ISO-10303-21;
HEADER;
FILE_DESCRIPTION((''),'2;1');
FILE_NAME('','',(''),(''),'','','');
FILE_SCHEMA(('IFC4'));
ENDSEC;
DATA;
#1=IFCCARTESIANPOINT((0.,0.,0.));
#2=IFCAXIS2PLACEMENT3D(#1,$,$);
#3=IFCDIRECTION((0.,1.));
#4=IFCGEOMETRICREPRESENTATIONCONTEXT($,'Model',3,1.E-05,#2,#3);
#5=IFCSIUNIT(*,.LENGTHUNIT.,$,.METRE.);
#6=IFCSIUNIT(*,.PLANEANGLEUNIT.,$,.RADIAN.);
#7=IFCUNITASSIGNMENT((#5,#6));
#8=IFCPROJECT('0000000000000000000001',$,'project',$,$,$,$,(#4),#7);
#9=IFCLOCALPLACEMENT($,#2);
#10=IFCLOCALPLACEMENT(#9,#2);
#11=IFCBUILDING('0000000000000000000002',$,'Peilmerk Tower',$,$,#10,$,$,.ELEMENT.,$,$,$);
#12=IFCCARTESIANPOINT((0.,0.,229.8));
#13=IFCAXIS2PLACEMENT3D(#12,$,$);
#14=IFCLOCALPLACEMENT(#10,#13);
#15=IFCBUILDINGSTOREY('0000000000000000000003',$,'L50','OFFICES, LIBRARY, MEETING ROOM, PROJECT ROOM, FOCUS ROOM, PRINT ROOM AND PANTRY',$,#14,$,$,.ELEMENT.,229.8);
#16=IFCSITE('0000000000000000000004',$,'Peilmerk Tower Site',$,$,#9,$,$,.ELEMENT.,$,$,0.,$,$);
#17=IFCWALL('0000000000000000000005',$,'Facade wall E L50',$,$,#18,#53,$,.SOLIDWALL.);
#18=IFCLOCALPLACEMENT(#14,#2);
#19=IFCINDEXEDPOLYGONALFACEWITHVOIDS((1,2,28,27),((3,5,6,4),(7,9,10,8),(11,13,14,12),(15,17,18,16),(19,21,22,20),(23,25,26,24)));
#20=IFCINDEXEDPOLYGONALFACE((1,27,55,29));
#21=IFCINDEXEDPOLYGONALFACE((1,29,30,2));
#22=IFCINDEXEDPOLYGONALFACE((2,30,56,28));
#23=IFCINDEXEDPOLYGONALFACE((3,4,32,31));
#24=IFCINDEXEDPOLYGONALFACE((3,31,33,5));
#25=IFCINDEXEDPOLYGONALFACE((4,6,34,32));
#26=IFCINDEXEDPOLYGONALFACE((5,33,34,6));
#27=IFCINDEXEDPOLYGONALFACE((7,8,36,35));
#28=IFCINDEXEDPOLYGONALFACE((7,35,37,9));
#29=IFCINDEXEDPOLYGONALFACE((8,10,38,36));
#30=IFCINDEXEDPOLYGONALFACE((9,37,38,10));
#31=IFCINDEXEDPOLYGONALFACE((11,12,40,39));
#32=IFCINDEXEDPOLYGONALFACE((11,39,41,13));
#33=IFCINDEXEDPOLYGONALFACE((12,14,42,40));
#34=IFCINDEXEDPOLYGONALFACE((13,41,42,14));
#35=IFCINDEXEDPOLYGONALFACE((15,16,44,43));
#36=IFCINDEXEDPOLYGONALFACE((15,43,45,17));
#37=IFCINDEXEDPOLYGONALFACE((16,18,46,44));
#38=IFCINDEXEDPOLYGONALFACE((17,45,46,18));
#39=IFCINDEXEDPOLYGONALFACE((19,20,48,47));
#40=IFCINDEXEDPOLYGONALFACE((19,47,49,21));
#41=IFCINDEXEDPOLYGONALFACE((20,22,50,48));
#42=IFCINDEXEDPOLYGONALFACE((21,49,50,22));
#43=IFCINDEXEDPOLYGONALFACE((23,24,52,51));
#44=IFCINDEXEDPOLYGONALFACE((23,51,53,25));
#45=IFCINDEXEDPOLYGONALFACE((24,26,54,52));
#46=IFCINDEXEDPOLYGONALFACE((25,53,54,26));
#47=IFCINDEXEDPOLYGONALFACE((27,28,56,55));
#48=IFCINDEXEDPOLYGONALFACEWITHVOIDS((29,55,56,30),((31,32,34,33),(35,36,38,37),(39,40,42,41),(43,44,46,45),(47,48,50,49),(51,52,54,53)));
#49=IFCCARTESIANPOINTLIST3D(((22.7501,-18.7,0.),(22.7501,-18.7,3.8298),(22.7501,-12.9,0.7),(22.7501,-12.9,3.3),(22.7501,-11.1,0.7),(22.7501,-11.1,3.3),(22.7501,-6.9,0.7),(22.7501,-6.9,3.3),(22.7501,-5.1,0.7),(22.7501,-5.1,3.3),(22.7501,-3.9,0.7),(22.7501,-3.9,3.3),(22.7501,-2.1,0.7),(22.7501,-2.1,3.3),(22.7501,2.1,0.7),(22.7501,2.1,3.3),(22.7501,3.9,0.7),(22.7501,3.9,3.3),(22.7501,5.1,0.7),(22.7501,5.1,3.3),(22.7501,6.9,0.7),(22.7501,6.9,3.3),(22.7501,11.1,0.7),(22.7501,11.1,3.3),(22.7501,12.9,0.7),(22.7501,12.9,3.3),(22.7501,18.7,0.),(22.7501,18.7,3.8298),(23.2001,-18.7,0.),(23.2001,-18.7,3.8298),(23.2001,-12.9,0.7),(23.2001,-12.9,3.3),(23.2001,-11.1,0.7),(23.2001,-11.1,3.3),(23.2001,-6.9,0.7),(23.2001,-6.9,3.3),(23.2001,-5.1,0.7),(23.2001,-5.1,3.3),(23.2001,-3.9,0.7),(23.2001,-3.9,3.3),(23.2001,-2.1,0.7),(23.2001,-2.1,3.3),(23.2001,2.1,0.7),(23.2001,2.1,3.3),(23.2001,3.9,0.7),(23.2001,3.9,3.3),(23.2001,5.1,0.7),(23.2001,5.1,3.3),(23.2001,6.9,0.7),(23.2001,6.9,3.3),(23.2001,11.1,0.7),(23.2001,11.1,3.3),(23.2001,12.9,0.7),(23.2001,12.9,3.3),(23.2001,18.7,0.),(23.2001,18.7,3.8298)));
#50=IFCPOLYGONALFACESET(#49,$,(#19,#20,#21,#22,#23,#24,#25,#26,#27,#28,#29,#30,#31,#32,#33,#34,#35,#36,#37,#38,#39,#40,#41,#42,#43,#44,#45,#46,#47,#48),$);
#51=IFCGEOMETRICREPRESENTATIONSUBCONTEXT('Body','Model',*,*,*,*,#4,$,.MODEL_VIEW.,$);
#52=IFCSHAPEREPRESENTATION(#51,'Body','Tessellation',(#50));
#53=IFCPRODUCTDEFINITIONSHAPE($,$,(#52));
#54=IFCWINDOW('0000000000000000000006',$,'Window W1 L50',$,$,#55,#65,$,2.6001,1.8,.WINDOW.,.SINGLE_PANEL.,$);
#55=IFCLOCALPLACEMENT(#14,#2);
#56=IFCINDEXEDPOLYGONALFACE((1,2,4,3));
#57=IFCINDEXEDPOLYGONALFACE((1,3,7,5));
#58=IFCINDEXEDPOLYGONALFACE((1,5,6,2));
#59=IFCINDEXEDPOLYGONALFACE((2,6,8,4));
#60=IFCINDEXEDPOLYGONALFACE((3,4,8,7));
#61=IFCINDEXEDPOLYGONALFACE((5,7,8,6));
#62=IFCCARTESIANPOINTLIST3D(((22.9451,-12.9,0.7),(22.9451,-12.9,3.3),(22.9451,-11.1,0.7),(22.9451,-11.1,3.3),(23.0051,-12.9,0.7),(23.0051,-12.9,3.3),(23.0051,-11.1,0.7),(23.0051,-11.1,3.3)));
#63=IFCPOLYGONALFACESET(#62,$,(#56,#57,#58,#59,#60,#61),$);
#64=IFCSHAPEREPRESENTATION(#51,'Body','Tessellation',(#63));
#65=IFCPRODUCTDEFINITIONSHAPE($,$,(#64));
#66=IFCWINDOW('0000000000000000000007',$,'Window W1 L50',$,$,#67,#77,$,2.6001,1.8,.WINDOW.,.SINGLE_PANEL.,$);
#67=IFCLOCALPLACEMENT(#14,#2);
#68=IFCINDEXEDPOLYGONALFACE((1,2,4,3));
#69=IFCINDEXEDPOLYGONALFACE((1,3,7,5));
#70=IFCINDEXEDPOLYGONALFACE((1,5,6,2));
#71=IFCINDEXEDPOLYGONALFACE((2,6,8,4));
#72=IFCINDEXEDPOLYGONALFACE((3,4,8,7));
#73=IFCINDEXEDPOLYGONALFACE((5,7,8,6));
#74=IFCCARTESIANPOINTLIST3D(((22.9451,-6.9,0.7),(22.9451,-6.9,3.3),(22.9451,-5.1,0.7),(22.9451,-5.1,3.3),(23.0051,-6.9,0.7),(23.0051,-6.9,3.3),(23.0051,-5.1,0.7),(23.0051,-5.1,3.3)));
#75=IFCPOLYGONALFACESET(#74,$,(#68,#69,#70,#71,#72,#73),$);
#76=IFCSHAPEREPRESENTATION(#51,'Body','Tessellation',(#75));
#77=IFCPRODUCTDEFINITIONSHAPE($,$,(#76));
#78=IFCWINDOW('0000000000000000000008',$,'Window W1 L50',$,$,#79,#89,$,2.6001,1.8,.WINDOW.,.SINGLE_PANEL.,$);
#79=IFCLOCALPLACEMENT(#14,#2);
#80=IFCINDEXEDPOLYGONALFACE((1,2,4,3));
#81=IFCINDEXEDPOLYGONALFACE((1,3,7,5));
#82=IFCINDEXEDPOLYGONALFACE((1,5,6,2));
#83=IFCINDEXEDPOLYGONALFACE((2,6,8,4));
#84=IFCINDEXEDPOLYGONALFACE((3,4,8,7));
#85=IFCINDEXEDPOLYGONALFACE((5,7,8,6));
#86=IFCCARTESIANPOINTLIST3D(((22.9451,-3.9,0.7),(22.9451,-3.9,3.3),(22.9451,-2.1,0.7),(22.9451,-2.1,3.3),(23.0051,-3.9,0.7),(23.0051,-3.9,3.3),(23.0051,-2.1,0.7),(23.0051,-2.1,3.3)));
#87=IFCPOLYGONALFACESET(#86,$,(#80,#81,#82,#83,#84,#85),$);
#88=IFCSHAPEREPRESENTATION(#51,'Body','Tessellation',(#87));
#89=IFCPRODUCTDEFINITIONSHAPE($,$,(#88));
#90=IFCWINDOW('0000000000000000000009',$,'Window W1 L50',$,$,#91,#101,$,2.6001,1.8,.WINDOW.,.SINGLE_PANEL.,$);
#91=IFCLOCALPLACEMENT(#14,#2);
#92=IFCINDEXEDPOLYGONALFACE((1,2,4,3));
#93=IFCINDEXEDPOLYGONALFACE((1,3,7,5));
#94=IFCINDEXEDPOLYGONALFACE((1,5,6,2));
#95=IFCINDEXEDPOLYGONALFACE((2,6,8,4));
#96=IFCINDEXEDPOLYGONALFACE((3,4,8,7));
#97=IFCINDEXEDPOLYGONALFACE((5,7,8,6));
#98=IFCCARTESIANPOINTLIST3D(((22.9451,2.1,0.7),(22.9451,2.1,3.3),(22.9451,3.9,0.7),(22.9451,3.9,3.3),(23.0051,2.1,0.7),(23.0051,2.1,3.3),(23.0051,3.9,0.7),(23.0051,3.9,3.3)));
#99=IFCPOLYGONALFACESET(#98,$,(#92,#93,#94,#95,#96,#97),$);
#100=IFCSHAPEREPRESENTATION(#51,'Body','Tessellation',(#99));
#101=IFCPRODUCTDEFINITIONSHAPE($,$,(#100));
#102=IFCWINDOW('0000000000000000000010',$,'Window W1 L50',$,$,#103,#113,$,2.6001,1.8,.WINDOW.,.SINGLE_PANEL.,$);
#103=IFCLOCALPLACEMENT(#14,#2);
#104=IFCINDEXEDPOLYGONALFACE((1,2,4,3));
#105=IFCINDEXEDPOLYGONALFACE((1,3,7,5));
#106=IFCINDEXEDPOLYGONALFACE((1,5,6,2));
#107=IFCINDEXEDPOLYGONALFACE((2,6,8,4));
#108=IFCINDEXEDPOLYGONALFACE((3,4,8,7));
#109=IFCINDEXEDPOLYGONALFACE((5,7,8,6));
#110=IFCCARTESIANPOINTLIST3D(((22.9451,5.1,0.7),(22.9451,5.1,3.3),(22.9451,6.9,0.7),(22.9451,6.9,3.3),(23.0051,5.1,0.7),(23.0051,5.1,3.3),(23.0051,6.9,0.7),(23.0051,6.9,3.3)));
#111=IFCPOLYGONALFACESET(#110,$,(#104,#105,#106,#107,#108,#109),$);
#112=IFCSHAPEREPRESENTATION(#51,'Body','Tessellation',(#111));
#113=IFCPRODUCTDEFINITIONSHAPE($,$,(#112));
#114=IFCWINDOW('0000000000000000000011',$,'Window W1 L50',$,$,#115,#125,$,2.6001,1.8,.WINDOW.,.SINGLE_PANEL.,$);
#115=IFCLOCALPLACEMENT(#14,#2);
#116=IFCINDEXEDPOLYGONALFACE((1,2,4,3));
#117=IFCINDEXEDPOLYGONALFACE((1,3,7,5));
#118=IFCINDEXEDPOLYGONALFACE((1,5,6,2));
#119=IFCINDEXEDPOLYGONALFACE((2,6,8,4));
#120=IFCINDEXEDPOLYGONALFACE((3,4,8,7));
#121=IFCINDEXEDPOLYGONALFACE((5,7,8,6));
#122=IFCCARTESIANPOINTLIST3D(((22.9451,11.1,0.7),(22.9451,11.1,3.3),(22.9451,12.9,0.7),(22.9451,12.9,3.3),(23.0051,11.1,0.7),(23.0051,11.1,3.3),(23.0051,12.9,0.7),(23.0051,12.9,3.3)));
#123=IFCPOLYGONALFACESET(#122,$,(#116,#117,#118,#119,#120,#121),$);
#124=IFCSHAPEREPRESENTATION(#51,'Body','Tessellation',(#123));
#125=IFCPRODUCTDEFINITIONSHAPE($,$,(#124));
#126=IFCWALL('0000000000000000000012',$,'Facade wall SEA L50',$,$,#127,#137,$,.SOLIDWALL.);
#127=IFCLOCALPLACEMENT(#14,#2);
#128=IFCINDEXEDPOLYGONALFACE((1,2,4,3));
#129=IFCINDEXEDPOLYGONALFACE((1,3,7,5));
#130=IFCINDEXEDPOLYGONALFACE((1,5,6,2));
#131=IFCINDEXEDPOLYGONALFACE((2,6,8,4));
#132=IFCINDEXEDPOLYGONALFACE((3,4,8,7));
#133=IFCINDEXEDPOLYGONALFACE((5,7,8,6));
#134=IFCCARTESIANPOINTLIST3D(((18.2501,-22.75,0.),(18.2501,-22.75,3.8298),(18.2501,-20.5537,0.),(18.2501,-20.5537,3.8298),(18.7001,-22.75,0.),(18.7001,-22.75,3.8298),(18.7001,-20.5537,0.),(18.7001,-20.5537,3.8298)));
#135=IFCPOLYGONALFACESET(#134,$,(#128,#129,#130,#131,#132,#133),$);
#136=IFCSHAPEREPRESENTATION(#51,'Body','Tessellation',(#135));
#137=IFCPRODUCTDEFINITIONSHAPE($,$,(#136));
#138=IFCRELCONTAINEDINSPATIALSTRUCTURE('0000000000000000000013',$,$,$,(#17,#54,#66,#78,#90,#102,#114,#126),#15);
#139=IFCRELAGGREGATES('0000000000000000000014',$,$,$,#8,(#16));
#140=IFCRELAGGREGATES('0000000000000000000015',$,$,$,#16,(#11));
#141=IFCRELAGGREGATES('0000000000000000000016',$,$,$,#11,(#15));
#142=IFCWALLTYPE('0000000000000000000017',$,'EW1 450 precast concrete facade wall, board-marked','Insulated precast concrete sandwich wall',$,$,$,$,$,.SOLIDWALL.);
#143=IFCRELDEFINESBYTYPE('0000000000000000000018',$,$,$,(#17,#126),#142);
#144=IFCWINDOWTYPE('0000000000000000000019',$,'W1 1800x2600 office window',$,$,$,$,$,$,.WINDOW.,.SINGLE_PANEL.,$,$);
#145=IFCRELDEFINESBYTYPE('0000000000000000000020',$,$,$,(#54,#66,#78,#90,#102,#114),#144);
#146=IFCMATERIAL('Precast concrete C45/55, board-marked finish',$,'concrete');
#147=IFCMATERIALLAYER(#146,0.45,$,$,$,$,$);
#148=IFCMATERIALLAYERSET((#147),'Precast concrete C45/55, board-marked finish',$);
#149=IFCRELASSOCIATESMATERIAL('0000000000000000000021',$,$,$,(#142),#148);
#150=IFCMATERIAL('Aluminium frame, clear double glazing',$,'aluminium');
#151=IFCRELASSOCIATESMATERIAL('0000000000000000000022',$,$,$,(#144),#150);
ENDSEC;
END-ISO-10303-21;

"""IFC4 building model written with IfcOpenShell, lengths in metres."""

from ifc_helpers import new_model, si_unit, direction, frame, frame_2d, origin, place, context, subcontext, project, spatial, rectangle, extrude, material, layer, layer_set, type_object, element, fill, save


model = new_model("IFC4")

# Units and contexts
model_context = context("Model", 3, precision=1e-05, world=origin(), true_north=direction((0.0, 1.0)))
body_context = subcontext(model_context, "Body", "Model", "MODEL_VIEW")
ifc_project = project(units=[si_unit("LENGTHUNIT", "METRE"), si_unit("PLANEANGLEUNIT", "RADIAN")], contexts=[model_context])

# Site, building, storey
site_placement = place(None, origin())
site = spatial("IfcSite", under=ifc_project, at=site_placement, Name="Peilmerk Tower Site", CompositionType="ELEMENT", RefElevation=0.0)
building_placement = place(site_placement, origin())
building = spatial("IfcBuilding", under=site, at=building_placement, Name="Peilmerk Tower", CompositionType="ELEMENT")
storey_placement = place(building_placement, frame((0.0, 0.0, 229.8)))
storey = spatial("IfcBuildingStorey", under=building, at=storey_placement, Name="L50", Description="OFFICES, LIBRARY, MEETING ROOM, PROJECT ROOM, FOCUS ROOM, PRINT ROOM AND PANTRY", CompositionType="ELEMENT", Elevation=229.8)

# Wall, openings, windows
ifc_material_1 = material(Name="Precast concrete C45/55, board-marked finish", Category="concrete")
ifc_layer_1 = layer(ifc_material_1, 0.45)
ifc_layer_set_1 = layer_set([ifc_layer_1], Name="Precast concrete C45/55, board-marked finish")
wall_type = type_object("IfcWallType", Name="EW1 450 precast concrete facade wall, board-marked", Description="Insulated precast concrete sandwich wall", PredefinedType="SOLIDWALL", material=ifc_layer_set_1)
wall_1_placement = place(storey_placement, frame((22.9751, -18.7, 0.0), z_axis=(0.0, 0.0, 1.0), x_axis=(0.0, 1.0, 0.0)))
wall_1 = element("IfcWall", 1, at=wall_1_placement, inside=storey, type_object=wall_type, Name="Facade wall E L50", PredefinedType="SOLIDWALL", context=body_context, shape_type="SweptSolid", body=[
    extrude(rectangle(XDim=37.3999, YDim=0.45, at=frame_2d((18.7, 0.0))), origin(), (0.0, 0.0, 1.0), 3.8298),
])
opening_1_placement = place(wall_1_placement, frame((5.8, 0.0, 0.7)))
opening_1 = element("IfcOpeningElement", 2, at=opening_1_placement, cuts=wall_1, PredefinedType="OPENING", context=body_context, shape_type="SweptSolid", body=[
    extrude(rectangle(XDim=1.8, YDim=2.6001, at=frame_2d((0.8999, 1.3))), frame((0.0, 0.2349, 0.0), z_axis=(0.0, -1.0, 0.0), x_axis=(1.0, 0.0, 0.0)), (0.0, 0.0, 1.0), 0.47),
])
opening_2_placement = place(wall_1_placement, frame((11.8, 0.0, 0.7)))
opening_2 = element("IfcOpeningElement", 3, at=opening_2_placement, cuts=wall_1, PredefinedType="OPENING", context=body_context, shape_type="SweptSolid", body=[
    extrude(rectangle(XDim=1.8, YDim=2.6001, at=frame_2d((0.8999, 1.3))), frame((0.0, 0.2349, 0.0), z_axis=(0.0, -1.0, 0.0), x_axis=(1.0, 0.0, 0.0)), (0.0, 0.0, 1.0), 0.47),
])
opening_3_placement = place(wall_1_placement, frame((14.8, 0.0, 0.7)))
opening_3 = element("IfcOpeningElement", 4, at=opening_3_placement, cuts=wall_1, PredefinedType="OPENING", context=body_context, shape_type="SweptSolid", body=[
    extrude(rectangle(XDim=1.8, YDim=2.6001, at=frame_2d((0.8999, 1.3))), frame((0.0, 0.2349, 0.0), z_axis=(0.0, -1.0, 0.0), x_axis=(1.0, 0.0, 0.0)), (0.0, 0.0, 1.0), 0.47),
])
opening_4_placement = place(wall_1_placement, frame((20.8, 0.0, 0.7)))
opening_4 = element("IfcOpeningElement", 5, at=opening_4_placement, cuts=wall_1, PredefinedType="OPENING", context=body_context, shape_type="SweptSolid", body=[
    extrude(rectangle(XDim=1.8, YDim=2.6001, at=frame_2d((0.8999, 1.3))), frame((0.0, 0.2349, 0.0), z_axis=(0.0, -1.0, 0.0), x_axis=(1.0, 0.0, 0.0)), (0.0, 0.0, 1.0), 0.47),
])
opening_5_placement = place(wall_1_placement, frame((23.8, 0.0, 0.7)))
opening_5 = element("IfcOpeningElement", 6, at=opening_5_placement, cuts=wall_1, PredefinedType="OPENING", context=body_context, shape_type="SweptSolid", body=[
    extrude(rectangle(XDim=1.8, YDim=2.6001, at=frame_2d((0.8999, 1.3))), frame((0.0, 0.2349, 0.0), z_axis=(0.0, -1.0, 0.0), x_axis=(1.0, 0.0, 0.0)), (0.0, 0.0, 1.0), 0.47),
])
opening_6_placement = place(wall_1_placement, frame((29.8, 0.0, 0.7)))
opening_6 = element("IfcOpeningElement", 7, at=opening_6_placement, cuts=wall_1, PredefinedType="OPENING", context=body_context, shape_type="SweptSolid", body=[
    extrude(rectangle(XDim=1.8, YDim=2.6001, at=frame_2d((0.8999, 1.3))), frame((0.0, 0.2349, 0.0), z_axis=(0.0, -1.0, 0.0), x_axis=(1.0, 0.0, 0.0)), (0.0, 0.0, 1.0), 0.47),
])
ifc_material_2 = material(Name="Aluminium frame, clear double glazing", Category="aluminium")
window_type = type_object("IfcWindowType", Name="W1 1800x2600 office window", PartitioningType="SINGLE_PANEL", PredefinedType="WINDOW", material=ifc_material_2)
window_1_placement = place(opening_1_placement, origin())
window_1 = element("IfcWindow", 8, at=window_1_placement, inside=storey, type_object=window_type, Name="Window W1 L50", OverallHeight=2.6001, OverallWidth=1.8, PartitioningType="SINGLE_PANEL", PredefinedType="WINDOW", context=body_context, shape_type="SweptSolid", body=[
    extrude(rectangle(XDim=1.8, YDim=2.6001, at=frame_2d((0.8999, 1.3))), frame((0.0, 0.03, 0.0), z_axis=(0.0, -1.0, 0.0), x_axis=(1.0, 0.0, 0.0)), (0.0, 0.0, 1.0), 0.0601),
])
fill(opening_1, window_1)
window_2_placement = place(opening_2_placement, origin())
window_2 = element("IfcWindow", 9, at=window_2_placement, inside=storey, type_object=window_type, Name="Window W1 L50", OverallHeight=2.6001, OverallWidth=1.8, PartitioningType="SINGLE_PANEL", PredefinedType="WINDOW", context=body_context, shape_type="SweptSolid", body=[
    extrude(rectangle(XDim=1.8, YDim=2.6001, at=frame_2d((0.8999, 1.3))), frame((0.0, 0.03, 0.0), z_axis=(0.0, -1.0, 0.0), x_axis=(1.0, 0.0, 0.0)), (0.0, 0.0, 1.0), 0.0601),
])
fill(opening_2, window_2)
window_3_placement = place(opening_3_placement, origin())
window_3 = element("IfcWindow", 10, at=window_3_placement, inside=storey, type_object=window_type, Name="Window W1 L50", OverallHeight=2.6001, OverallWidth=1.8, PartitioningType="SINGLE_PANEL", PredefinedType="WINDOW", context=body_context, shape_type="SweptSolid", body=[
    extrude(rectangle(XDim=1.8, YDim=2.6001, at=frame_2d((0.8999, 1.3))), frame((0.0, 0.03, 0.0), z_axis=(0.0, -1.0, 0.0), x_axis=(1.0, 0.0, 0.0)), (0.0, 0.0, 1.0), 0.0601),
])
fill(opening_3, window_3)
window_4_placement = place(opening_4_placement, origin())
window_4 = element("IfcWindow", 11, at=window_4_placement, inside=storey, type_object=window_type, Name="Window W1 L50", OverallHeight=2.6001, OverallWidth=1.8, PartitioningType="SINGLE_PANEL", PredefinedType="WINDOW", context=body_context, shape_type="SweptSolid", body=[
    extrude(rectangle(XDim=1.8, YDim=2.6001, at=frame_2d((0.8999, 1.3))), frame((0.0, 0.03, 0.0), z_axis=(0.0, -1.0, 0.0), x_axis=(1.0, 0.0, 0.0)), (0.0, 0.0, 1.0), 0.0601),
])
fill(opening_4, window_4)
window_5_placement = place(opening_5_placement, origin())
window_5 = element("IfcWindow", 12, at=window_5_placement, inside=storey, type_object=window_type, Name="Window W1 L50", OverallHeight=2.6001, OverallWidth=1.8, PartitioningType="SINGLE_PANEL", PredefinedType="WINDOW", context=body_context, shape_type="SweptSolid", body=[
    extrude(rectangle(XDim=1.8, YDim=2.6001, at=frame_2d((0.8999, 1.3))), frame((0.0, 0.03, 0.0), z_axis=(0.0, -1.0, 0.0), x_axis=(1.0, 0.0, 0.0)), (0.0, 0.0, 1.0), 0.0601),
])
fill(opening_5, window_5)
window_6_placement = place(opening_6_placement, origin())
window_6 = element("IfcWindow", 13, at=window_6_placement, inside=storey, type_object=window_type, Name="Window W1 L50", OverallHeight=2.6001, OverallWidth=1.8, PartitioningType="SINGLE_PANEL", PredefinedType="WINDOW", context=body_context, shape_type="SweptSolid", body=[
    extrude(rectangle(XDim=1.8, YDim=2.6001, at=frame_2d((0.8999, 1.3))), frame((0.0, 0.03, 0.0), z_axis=(0.0, -1.0, 0.0), x_axis=(1.0, 0.0, 0.0)), (0.0, 0.0, 1.0), 0.0601),
])
fill(opening_6, window_6)

# Wall
wall_2_placement = place(storey_placement, frame((18.4751, -20.5537, 0.0), z_axis=(0.0, 0.0, 1.0), x_axis=(0.0, -1.0, 0.0)))
element("IfcWall", 14, at=wall_2_placement, inside=storey, type_object=wall_type, Name="Facade wall SEA L50", PredefinedType="SOLIDWALL", context=body_context, shape_type="SweptSolid", body=[
    extrude(rectangle(XDim=2.1963, YDim=0.45, at=frame_2d((1.0981, 0.0))), origin(), (0.0, 0.0, 1.0), 3.8298),
])

save(model, "model.ifc")
